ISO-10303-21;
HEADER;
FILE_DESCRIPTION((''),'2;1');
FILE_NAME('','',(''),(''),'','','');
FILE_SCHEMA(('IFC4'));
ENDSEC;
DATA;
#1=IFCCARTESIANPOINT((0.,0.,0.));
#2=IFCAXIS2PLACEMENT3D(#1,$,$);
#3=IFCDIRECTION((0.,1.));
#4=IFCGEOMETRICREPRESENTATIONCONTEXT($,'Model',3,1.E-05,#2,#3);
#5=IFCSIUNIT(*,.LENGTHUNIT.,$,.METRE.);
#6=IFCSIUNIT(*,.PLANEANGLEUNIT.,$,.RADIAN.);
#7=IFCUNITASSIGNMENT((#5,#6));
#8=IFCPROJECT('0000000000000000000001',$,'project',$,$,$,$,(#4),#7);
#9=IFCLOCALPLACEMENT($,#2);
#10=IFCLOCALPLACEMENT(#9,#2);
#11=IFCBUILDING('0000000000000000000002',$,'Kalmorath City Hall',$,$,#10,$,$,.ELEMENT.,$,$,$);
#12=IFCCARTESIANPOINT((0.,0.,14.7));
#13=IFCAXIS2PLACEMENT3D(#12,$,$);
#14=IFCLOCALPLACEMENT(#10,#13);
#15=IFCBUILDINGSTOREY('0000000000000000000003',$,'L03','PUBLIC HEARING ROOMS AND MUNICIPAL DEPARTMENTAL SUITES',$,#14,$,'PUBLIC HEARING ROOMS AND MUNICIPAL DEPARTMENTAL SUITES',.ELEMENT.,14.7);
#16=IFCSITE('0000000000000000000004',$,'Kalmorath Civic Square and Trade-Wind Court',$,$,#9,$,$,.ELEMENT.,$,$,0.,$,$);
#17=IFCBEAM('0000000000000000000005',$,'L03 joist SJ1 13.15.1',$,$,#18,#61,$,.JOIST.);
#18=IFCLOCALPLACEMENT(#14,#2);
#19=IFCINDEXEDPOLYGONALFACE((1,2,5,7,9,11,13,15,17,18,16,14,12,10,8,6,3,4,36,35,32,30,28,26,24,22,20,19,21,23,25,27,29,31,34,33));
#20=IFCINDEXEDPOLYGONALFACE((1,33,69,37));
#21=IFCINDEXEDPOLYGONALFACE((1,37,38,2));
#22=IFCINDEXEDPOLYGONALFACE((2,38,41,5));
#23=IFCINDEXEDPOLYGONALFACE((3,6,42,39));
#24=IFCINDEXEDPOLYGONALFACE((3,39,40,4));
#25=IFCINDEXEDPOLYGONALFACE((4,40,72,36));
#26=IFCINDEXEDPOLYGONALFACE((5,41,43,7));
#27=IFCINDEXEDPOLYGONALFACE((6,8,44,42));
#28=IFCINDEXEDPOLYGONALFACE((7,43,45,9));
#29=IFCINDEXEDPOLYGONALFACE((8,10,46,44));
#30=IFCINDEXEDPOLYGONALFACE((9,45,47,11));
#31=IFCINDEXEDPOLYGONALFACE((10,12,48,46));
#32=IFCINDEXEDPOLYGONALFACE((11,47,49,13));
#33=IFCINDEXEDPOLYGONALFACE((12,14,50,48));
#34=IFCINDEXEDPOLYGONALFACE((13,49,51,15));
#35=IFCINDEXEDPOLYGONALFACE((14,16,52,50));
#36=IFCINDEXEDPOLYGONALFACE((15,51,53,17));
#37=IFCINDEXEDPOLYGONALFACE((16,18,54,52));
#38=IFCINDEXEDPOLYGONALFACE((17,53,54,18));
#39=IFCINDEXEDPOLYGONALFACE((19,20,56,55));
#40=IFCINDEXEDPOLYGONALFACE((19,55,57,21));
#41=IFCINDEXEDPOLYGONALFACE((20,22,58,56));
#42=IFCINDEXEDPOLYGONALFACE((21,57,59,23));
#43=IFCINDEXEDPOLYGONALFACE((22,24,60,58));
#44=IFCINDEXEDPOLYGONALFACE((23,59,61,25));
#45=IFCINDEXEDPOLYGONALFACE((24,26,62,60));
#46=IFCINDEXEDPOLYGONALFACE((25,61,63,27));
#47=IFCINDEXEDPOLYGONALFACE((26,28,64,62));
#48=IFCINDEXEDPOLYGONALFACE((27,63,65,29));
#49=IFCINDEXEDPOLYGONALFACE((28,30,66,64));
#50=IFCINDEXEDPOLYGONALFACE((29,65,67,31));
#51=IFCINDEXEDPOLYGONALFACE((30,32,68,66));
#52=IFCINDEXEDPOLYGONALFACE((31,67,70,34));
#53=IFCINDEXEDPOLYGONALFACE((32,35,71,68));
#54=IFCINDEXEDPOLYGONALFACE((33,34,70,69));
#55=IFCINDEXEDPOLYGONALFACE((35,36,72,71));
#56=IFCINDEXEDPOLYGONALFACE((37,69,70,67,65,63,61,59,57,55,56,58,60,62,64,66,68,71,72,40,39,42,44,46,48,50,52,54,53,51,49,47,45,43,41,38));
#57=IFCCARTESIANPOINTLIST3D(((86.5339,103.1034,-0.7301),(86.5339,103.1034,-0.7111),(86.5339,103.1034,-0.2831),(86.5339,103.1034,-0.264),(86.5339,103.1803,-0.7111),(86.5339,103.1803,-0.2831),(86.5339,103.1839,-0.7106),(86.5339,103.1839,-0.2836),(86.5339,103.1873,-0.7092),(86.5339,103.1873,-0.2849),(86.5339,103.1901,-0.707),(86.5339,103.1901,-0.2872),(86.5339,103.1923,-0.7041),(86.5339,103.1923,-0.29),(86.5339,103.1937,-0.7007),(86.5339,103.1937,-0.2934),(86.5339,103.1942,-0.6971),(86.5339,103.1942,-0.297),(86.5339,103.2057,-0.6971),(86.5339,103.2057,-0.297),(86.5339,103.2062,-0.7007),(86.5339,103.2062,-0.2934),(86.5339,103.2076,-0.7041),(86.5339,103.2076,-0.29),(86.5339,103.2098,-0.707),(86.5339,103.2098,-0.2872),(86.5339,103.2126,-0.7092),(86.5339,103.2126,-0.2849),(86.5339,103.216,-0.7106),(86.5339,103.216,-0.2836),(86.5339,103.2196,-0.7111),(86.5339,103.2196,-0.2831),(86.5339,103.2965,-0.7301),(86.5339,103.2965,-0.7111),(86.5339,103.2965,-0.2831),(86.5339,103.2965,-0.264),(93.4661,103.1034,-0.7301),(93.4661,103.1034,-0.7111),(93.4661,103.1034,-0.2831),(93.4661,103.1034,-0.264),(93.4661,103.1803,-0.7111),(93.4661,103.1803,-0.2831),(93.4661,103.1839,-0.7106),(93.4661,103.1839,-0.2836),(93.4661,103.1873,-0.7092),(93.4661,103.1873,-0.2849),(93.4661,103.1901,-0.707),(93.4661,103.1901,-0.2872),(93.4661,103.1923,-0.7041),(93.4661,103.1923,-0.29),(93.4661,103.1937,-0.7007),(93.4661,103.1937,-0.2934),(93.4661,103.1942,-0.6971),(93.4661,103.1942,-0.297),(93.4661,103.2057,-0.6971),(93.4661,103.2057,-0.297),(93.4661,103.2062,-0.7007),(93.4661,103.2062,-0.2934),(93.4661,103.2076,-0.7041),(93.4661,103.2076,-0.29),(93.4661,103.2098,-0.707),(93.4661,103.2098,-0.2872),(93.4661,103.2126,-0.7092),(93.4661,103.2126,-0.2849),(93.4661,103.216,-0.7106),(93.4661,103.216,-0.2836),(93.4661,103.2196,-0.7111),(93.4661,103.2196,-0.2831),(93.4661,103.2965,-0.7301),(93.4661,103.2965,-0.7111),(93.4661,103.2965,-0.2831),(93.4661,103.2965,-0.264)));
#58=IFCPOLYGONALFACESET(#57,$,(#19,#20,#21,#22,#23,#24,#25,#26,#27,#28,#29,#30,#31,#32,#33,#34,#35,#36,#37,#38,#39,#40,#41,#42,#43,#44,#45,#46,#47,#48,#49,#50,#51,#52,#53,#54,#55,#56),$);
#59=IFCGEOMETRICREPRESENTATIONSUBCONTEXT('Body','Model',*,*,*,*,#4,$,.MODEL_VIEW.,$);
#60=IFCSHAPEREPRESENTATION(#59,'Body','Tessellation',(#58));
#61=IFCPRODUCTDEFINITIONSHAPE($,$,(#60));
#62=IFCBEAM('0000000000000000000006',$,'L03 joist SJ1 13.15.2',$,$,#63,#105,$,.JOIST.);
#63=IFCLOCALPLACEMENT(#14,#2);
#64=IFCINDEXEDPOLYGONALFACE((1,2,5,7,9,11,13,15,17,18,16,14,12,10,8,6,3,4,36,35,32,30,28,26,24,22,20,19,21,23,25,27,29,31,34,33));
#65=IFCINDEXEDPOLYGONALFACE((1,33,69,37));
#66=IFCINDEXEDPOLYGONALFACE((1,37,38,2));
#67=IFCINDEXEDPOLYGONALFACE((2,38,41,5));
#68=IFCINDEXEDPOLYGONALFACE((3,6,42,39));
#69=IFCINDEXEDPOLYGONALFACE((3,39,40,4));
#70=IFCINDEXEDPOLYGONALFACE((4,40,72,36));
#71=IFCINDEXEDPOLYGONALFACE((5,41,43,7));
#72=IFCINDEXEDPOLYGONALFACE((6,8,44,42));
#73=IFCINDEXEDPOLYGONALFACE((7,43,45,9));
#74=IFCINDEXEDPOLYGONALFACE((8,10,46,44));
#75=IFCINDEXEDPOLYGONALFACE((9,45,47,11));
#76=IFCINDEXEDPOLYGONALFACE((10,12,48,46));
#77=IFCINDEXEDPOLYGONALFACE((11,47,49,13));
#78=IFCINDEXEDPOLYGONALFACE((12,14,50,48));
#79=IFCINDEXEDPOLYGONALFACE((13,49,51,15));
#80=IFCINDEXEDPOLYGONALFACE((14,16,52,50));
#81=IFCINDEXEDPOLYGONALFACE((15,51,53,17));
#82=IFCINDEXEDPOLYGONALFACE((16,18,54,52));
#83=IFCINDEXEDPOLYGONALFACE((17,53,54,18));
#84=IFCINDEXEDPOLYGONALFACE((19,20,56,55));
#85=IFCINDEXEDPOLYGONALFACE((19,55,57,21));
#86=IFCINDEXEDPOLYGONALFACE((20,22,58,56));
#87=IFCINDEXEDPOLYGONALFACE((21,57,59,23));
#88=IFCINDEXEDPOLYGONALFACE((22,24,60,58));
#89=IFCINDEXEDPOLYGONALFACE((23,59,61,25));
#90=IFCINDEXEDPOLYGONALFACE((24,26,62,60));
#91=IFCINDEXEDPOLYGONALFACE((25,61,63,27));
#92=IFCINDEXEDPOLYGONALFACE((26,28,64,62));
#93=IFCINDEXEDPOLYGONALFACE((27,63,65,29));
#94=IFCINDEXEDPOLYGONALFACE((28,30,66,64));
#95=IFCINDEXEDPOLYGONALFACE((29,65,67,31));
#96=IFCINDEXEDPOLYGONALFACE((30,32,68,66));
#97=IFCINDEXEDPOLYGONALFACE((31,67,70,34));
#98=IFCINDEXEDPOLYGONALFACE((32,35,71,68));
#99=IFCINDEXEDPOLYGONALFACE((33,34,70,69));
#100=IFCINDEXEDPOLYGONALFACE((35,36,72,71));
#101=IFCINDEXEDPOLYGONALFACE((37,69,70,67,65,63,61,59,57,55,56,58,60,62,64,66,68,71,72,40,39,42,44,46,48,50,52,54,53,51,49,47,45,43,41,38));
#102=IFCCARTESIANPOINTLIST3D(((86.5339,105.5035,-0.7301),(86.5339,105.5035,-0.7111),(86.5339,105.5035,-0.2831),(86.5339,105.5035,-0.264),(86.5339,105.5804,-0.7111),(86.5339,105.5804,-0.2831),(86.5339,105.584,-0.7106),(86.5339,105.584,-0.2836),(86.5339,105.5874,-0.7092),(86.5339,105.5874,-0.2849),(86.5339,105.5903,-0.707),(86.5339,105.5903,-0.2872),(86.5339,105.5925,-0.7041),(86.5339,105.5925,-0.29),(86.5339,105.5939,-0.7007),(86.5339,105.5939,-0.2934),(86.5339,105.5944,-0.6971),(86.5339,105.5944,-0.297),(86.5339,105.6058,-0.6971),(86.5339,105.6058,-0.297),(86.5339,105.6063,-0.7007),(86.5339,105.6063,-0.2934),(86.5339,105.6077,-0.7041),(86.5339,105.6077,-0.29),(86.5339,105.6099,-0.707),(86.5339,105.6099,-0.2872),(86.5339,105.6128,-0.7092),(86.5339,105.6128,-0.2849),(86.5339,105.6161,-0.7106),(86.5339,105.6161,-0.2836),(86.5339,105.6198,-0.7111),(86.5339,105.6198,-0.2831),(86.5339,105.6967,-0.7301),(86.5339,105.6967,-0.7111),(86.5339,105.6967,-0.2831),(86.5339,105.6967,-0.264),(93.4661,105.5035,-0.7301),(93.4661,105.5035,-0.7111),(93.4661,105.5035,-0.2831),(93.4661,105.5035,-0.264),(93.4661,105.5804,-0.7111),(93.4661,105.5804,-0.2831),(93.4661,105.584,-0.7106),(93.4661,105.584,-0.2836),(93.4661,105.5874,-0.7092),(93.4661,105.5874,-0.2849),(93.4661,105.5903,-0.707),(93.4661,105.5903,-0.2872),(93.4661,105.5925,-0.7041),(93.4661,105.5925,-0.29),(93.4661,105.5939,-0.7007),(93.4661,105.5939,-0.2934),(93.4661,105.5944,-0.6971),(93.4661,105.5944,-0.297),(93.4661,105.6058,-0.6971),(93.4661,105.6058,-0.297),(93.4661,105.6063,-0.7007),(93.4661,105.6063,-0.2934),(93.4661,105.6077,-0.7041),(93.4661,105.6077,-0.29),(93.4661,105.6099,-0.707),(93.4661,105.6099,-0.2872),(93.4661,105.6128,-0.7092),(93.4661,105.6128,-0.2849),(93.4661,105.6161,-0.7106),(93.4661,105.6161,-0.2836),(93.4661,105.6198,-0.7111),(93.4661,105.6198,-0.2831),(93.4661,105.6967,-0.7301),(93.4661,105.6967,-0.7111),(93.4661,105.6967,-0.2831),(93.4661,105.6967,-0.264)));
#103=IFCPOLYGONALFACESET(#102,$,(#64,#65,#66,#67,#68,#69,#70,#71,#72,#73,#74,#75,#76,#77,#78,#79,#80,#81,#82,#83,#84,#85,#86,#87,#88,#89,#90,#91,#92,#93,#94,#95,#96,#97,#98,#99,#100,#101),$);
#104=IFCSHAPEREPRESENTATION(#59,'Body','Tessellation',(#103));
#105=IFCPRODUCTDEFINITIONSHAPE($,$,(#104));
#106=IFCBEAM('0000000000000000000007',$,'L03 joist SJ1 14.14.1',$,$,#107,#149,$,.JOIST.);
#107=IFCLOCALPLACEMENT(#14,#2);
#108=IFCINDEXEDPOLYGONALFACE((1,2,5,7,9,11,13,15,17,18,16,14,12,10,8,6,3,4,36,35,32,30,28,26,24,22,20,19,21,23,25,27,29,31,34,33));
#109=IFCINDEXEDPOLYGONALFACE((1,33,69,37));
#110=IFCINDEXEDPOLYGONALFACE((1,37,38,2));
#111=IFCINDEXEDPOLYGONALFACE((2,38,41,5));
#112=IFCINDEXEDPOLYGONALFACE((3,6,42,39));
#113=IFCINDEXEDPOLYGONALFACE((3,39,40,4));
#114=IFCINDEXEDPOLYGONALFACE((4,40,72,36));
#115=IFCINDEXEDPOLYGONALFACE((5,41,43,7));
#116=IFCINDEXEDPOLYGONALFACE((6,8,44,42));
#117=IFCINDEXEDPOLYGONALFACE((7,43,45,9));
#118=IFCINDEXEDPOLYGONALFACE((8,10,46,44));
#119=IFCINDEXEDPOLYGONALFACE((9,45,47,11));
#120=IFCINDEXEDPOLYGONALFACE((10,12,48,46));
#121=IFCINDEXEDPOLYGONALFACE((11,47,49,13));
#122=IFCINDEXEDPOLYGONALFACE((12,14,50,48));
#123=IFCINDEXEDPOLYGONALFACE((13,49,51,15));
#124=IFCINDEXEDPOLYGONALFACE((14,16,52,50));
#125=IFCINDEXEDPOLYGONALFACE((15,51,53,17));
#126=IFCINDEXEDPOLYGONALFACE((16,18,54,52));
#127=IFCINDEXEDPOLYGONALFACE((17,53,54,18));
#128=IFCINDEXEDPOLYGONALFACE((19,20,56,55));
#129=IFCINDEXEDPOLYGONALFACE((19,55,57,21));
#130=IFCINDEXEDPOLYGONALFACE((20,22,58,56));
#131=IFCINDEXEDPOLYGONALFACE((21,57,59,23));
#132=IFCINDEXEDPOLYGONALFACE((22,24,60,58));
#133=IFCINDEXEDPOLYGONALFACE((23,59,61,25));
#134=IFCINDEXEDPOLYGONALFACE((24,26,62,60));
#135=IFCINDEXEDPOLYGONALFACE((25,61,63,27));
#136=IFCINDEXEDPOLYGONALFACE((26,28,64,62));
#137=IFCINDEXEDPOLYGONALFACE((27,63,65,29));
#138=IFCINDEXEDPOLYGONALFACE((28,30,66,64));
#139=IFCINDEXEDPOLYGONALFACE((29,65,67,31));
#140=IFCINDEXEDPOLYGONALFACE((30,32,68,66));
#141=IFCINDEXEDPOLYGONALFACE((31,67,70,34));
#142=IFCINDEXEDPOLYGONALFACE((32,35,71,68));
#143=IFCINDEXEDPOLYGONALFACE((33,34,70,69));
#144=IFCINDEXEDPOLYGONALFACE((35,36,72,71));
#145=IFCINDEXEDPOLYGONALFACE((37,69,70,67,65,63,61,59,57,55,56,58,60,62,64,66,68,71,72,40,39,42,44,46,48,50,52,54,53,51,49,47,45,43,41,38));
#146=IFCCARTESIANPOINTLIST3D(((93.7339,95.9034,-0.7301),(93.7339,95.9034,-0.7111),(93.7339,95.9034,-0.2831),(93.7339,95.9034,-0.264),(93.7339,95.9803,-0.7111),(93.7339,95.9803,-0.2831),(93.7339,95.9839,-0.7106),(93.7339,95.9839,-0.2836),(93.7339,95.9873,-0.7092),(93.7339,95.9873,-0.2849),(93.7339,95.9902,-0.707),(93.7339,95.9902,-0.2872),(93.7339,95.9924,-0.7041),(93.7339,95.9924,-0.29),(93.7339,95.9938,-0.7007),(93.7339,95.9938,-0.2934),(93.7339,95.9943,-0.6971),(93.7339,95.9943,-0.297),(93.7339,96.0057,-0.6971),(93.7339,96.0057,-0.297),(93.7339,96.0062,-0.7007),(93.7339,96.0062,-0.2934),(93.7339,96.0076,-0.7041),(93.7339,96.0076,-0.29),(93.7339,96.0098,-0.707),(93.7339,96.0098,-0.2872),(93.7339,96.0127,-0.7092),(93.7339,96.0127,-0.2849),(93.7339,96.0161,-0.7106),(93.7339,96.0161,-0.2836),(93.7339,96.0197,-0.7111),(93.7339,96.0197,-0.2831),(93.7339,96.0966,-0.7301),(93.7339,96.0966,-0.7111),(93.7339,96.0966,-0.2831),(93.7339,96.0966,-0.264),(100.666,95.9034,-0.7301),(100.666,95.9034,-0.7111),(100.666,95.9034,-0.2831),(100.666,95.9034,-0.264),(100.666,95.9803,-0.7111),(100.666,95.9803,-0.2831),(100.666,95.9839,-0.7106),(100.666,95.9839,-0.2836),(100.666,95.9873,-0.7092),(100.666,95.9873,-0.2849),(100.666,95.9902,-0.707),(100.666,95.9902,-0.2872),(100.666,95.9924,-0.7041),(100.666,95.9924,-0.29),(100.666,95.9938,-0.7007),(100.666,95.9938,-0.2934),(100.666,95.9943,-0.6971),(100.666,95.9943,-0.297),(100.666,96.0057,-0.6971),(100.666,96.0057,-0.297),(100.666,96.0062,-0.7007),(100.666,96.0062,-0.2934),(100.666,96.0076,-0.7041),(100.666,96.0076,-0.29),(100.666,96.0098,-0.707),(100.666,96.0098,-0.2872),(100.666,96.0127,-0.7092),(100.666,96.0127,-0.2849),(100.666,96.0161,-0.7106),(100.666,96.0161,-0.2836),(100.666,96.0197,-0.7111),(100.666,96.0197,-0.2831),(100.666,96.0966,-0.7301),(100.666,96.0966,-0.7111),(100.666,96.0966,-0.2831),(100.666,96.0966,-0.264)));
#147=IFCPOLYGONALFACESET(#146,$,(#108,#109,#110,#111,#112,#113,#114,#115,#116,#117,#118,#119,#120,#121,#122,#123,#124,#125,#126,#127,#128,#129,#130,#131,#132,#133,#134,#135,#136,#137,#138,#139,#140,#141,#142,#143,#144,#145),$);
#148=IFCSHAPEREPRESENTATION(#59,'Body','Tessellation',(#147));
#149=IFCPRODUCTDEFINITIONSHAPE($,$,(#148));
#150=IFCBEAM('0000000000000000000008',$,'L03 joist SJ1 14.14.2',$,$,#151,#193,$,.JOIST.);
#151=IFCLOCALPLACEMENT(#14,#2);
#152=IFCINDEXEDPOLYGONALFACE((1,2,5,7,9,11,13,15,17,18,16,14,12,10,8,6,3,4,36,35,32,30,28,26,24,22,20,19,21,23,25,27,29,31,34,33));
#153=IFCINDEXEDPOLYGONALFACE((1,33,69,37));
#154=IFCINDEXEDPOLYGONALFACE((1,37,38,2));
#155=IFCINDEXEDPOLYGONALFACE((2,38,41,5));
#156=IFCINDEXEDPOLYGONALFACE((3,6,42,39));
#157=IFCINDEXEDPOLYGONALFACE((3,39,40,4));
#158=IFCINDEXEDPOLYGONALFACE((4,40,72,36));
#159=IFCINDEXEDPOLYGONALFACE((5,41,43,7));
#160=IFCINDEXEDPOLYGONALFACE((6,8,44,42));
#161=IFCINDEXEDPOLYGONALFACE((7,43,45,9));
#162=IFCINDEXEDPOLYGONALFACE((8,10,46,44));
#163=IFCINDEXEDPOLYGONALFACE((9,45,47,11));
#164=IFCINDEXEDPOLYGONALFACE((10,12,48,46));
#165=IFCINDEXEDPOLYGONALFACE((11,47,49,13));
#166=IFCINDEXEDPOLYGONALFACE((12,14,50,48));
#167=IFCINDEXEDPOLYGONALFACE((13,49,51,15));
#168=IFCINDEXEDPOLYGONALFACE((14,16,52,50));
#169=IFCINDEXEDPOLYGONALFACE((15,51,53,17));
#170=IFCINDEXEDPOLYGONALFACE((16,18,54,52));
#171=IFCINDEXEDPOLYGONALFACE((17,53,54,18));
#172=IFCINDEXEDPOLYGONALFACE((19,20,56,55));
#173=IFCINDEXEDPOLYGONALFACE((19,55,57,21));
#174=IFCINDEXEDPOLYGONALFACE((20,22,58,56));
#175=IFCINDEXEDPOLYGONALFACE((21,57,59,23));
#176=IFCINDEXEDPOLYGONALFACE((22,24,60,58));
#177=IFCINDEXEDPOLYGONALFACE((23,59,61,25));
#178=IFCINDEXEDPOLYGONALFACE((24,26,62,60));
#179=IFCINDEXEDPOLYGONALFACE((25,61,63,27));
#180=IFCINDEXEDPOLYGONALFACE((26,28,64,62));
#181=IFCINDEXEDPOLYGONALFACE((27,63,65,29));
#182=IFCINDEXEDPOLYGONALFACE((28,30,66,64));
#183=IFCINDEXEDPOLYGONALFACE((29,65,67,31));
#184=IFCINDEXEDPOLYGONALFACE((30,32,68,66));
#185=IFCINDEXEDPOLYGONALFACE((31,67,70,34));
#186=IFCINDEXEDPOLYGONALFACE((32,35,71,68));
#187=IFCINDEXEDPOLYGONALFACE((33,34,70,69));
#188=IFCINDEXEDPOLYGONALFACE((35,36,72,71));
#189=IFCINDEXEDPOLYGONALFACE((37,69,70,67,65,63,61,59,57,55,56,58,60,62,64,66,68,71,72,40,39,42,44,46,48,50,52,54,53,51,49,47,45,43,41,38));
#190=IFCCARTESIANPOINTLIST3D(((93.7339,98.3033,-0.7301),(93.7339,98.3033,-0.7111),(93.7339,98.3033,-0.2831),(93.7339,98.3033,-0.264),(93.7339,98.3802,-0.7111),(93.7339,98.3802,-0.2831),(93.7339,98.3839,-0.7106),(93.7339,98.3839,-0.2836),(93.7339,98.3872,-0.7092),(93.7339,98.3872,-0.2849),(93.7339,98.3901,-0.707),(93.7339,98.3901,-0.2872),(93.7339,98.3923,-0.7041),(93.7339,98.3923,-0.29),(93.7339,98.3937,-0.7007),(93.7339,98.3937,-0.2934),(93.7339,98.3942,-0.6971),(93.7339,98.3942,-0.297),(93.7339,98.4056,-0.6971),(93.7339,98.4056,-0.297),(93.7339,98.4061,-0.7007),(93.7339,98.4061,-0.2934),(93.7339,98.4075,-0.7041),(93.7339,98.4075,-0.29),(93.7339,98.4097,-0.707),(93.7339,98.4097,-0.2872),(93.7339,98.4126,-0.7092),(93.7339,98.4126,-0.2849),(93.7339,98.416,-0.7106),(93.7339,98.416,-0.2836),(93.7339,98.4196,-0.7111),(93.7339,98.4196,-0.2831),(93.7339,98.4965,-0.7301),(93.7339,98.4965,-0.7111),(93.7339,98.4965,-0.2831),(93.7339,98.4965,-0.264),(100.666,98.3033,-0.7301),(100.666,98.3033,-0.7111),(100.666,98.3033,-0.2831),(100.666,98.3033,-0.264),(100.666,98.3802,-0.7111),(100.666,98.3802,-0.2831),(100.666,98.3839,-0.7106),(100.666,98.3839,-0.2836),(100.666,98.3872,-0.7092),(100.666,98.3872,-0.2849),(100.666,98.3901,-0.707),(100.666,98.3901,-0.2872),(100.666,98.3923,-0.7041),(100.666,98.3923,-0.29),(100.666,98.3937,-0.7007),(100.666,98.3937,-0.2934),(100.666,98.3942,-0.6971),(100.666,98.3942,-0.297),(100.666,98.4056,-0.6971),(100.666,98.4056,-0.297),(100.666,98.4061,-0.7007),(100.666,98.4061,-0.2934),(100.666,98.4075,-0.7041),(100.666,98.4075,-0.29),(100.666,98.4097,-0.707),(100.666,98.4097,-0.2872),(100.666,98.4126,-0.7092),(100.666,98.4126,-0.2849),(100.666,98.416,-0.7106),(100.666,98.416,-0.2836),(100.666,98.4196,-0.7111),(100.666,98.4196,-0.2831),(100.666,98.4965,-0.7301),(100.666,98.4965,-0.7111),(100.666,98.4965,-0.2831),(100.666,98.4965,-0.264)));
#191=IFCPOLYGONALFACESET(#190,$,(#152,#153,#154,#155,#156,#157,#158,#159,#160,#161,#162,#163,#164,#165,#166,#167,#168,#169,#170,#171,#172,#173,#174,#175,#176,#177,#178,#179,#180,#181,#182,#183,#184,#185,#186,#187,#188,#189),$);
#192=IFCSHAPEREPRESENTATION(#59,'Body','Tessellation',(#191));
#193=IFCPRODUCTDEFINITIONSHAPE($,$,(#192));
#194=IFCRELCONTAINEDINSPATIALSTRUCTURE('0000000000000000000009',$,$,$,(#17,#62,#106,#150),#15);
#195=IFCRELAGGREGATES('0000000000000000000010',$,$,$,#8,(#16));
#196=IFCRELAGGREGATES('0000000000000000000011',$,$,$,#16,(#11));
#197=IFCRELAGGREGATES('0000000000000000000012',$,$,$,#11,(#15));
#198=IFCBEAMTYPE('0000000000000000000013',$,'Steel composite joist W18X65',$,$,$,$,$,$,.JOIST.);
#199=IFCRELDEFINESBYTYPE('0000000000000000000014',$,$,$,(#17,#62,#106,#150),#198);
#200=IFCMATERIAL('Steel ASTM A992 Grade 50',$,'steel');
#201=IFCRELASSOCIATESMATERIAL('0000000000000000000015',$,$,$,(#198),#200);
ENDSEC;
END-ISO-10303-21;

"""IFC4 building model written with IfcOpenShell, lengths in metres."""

from ifc_helpers import new_model, si_unit, direction, frame, origin, origin_2d, place, context, subcontext, project, spatial, i_section, extrude, material, material_profile, profile_set, type_object, element, save


model = new_model("IFC4")

# Units and contexts
model_context = context("Model", 3, precision=1e-05, world=origin(), true_north=direction((0.0, 1.0)))
body_context = subcontext(model_context, "Body", "Model", "MODEL_VIEW")
ifc_project = project(units=[si_unit("LENGTHUNIT", "METRE"), si_unit("PLANEANGLEUNIT", "RADIAN")], contexts=[model_context])

# Site, building, storey
site_placement = place(None, origin())
site = spatial("IfcSite", under=ifc_project, at=site_placement, Name="Kalmorath Civic Square and Trade-Wind Court", CompositionType="ELEMENT", RefElevation=0.0)
building_placement = place(site_placement, origin())
building = spatial("IfcBuilding", under=site, at=building_placement, Name="Kalmorath City Hall", CompositionType="ELEMENT")
storey_placement = place(building_placement, frame((0.0, 0.0, 14.7)))
storey = spatial("IfcBuildingStorey", under=building, at=storey_placement, Name="L03", Description="PUBLIC HEARING ROOMS AND MUNICIPAL DEPARTMENTAL SUITES", LongName="PUBLIC HEARING ROOMS AND MUNICIPAL DEPARTMENTAL SUITES", CompositionType="ELEMENT", Elevation=14.7)

# Beams
ifc_material_1 = material(Name="Steel ASTM A992 Grade 50", Category="steel")
ifc_material_profile_1 = material_profile(ifc_material_1, i_section(OverallWidth=0.1931, OverallDepth=0.4661, WebThickness=0.0115, FlangeThickness=0.019, FilletRadius=0.0139, at=origin_2d()), Name="W18X65")
ifc_profile_set_1 = profile_set([ifc_material_profile_1], Name="Steel ASTM A992 Grade 50")
beam_type_1 = type_object("IfcBeamType", Name="Steel composite joist W18X65", PredefinedType="JOIST", material=ifc_profile_set_1)
for number, where, z_axis, x_axis, name in (
    (1, (86.5339, 103.2, -0.4971), (1.0, 0.0, 0.0), (0.0, 1.0, 0.0), "L03 joist SJ1 13.15.1"),
    (2, (86.5339, 105.6001, -0.4971), (1.0, 0.0, 0.0), (0.0, 1.0, 0.0), "L03 joist SJ1 13.15.2"),
    (3, (93.7339, 96.0, -0.4971), (1.0, 0.0, 0.0), (0.0, 1.0, 0.0), "L03 joist SJ1 14.14.1"),
    (4, (93.7339, 98.3999, -0.4971), (1.0, 0.0, 0.0), (0.0, 1.0, 0.0), "L03 joist SJ1 14.14.2"),
):
    element("IfcBeam", number, at=place(storey_placement, frame(where, z_axis=z_axis, x_axis=x_axis)), inside=storey, type_object=beam_type_1, Name=name, PredefinedType="JOIST", context=body_context, shape_type="SweptSolid", body=[
        extrude(i_section(OverallWidth=0.1931, OverallDepth=0.4661, WebThickness=0.0115, FlangeThickness=0.019, FilletRadius=0.0139, at=origin_2d()), origin(), (0.0, 0.0, 1.0), 6.9321),
    ])

save(model, "model.ifc")
